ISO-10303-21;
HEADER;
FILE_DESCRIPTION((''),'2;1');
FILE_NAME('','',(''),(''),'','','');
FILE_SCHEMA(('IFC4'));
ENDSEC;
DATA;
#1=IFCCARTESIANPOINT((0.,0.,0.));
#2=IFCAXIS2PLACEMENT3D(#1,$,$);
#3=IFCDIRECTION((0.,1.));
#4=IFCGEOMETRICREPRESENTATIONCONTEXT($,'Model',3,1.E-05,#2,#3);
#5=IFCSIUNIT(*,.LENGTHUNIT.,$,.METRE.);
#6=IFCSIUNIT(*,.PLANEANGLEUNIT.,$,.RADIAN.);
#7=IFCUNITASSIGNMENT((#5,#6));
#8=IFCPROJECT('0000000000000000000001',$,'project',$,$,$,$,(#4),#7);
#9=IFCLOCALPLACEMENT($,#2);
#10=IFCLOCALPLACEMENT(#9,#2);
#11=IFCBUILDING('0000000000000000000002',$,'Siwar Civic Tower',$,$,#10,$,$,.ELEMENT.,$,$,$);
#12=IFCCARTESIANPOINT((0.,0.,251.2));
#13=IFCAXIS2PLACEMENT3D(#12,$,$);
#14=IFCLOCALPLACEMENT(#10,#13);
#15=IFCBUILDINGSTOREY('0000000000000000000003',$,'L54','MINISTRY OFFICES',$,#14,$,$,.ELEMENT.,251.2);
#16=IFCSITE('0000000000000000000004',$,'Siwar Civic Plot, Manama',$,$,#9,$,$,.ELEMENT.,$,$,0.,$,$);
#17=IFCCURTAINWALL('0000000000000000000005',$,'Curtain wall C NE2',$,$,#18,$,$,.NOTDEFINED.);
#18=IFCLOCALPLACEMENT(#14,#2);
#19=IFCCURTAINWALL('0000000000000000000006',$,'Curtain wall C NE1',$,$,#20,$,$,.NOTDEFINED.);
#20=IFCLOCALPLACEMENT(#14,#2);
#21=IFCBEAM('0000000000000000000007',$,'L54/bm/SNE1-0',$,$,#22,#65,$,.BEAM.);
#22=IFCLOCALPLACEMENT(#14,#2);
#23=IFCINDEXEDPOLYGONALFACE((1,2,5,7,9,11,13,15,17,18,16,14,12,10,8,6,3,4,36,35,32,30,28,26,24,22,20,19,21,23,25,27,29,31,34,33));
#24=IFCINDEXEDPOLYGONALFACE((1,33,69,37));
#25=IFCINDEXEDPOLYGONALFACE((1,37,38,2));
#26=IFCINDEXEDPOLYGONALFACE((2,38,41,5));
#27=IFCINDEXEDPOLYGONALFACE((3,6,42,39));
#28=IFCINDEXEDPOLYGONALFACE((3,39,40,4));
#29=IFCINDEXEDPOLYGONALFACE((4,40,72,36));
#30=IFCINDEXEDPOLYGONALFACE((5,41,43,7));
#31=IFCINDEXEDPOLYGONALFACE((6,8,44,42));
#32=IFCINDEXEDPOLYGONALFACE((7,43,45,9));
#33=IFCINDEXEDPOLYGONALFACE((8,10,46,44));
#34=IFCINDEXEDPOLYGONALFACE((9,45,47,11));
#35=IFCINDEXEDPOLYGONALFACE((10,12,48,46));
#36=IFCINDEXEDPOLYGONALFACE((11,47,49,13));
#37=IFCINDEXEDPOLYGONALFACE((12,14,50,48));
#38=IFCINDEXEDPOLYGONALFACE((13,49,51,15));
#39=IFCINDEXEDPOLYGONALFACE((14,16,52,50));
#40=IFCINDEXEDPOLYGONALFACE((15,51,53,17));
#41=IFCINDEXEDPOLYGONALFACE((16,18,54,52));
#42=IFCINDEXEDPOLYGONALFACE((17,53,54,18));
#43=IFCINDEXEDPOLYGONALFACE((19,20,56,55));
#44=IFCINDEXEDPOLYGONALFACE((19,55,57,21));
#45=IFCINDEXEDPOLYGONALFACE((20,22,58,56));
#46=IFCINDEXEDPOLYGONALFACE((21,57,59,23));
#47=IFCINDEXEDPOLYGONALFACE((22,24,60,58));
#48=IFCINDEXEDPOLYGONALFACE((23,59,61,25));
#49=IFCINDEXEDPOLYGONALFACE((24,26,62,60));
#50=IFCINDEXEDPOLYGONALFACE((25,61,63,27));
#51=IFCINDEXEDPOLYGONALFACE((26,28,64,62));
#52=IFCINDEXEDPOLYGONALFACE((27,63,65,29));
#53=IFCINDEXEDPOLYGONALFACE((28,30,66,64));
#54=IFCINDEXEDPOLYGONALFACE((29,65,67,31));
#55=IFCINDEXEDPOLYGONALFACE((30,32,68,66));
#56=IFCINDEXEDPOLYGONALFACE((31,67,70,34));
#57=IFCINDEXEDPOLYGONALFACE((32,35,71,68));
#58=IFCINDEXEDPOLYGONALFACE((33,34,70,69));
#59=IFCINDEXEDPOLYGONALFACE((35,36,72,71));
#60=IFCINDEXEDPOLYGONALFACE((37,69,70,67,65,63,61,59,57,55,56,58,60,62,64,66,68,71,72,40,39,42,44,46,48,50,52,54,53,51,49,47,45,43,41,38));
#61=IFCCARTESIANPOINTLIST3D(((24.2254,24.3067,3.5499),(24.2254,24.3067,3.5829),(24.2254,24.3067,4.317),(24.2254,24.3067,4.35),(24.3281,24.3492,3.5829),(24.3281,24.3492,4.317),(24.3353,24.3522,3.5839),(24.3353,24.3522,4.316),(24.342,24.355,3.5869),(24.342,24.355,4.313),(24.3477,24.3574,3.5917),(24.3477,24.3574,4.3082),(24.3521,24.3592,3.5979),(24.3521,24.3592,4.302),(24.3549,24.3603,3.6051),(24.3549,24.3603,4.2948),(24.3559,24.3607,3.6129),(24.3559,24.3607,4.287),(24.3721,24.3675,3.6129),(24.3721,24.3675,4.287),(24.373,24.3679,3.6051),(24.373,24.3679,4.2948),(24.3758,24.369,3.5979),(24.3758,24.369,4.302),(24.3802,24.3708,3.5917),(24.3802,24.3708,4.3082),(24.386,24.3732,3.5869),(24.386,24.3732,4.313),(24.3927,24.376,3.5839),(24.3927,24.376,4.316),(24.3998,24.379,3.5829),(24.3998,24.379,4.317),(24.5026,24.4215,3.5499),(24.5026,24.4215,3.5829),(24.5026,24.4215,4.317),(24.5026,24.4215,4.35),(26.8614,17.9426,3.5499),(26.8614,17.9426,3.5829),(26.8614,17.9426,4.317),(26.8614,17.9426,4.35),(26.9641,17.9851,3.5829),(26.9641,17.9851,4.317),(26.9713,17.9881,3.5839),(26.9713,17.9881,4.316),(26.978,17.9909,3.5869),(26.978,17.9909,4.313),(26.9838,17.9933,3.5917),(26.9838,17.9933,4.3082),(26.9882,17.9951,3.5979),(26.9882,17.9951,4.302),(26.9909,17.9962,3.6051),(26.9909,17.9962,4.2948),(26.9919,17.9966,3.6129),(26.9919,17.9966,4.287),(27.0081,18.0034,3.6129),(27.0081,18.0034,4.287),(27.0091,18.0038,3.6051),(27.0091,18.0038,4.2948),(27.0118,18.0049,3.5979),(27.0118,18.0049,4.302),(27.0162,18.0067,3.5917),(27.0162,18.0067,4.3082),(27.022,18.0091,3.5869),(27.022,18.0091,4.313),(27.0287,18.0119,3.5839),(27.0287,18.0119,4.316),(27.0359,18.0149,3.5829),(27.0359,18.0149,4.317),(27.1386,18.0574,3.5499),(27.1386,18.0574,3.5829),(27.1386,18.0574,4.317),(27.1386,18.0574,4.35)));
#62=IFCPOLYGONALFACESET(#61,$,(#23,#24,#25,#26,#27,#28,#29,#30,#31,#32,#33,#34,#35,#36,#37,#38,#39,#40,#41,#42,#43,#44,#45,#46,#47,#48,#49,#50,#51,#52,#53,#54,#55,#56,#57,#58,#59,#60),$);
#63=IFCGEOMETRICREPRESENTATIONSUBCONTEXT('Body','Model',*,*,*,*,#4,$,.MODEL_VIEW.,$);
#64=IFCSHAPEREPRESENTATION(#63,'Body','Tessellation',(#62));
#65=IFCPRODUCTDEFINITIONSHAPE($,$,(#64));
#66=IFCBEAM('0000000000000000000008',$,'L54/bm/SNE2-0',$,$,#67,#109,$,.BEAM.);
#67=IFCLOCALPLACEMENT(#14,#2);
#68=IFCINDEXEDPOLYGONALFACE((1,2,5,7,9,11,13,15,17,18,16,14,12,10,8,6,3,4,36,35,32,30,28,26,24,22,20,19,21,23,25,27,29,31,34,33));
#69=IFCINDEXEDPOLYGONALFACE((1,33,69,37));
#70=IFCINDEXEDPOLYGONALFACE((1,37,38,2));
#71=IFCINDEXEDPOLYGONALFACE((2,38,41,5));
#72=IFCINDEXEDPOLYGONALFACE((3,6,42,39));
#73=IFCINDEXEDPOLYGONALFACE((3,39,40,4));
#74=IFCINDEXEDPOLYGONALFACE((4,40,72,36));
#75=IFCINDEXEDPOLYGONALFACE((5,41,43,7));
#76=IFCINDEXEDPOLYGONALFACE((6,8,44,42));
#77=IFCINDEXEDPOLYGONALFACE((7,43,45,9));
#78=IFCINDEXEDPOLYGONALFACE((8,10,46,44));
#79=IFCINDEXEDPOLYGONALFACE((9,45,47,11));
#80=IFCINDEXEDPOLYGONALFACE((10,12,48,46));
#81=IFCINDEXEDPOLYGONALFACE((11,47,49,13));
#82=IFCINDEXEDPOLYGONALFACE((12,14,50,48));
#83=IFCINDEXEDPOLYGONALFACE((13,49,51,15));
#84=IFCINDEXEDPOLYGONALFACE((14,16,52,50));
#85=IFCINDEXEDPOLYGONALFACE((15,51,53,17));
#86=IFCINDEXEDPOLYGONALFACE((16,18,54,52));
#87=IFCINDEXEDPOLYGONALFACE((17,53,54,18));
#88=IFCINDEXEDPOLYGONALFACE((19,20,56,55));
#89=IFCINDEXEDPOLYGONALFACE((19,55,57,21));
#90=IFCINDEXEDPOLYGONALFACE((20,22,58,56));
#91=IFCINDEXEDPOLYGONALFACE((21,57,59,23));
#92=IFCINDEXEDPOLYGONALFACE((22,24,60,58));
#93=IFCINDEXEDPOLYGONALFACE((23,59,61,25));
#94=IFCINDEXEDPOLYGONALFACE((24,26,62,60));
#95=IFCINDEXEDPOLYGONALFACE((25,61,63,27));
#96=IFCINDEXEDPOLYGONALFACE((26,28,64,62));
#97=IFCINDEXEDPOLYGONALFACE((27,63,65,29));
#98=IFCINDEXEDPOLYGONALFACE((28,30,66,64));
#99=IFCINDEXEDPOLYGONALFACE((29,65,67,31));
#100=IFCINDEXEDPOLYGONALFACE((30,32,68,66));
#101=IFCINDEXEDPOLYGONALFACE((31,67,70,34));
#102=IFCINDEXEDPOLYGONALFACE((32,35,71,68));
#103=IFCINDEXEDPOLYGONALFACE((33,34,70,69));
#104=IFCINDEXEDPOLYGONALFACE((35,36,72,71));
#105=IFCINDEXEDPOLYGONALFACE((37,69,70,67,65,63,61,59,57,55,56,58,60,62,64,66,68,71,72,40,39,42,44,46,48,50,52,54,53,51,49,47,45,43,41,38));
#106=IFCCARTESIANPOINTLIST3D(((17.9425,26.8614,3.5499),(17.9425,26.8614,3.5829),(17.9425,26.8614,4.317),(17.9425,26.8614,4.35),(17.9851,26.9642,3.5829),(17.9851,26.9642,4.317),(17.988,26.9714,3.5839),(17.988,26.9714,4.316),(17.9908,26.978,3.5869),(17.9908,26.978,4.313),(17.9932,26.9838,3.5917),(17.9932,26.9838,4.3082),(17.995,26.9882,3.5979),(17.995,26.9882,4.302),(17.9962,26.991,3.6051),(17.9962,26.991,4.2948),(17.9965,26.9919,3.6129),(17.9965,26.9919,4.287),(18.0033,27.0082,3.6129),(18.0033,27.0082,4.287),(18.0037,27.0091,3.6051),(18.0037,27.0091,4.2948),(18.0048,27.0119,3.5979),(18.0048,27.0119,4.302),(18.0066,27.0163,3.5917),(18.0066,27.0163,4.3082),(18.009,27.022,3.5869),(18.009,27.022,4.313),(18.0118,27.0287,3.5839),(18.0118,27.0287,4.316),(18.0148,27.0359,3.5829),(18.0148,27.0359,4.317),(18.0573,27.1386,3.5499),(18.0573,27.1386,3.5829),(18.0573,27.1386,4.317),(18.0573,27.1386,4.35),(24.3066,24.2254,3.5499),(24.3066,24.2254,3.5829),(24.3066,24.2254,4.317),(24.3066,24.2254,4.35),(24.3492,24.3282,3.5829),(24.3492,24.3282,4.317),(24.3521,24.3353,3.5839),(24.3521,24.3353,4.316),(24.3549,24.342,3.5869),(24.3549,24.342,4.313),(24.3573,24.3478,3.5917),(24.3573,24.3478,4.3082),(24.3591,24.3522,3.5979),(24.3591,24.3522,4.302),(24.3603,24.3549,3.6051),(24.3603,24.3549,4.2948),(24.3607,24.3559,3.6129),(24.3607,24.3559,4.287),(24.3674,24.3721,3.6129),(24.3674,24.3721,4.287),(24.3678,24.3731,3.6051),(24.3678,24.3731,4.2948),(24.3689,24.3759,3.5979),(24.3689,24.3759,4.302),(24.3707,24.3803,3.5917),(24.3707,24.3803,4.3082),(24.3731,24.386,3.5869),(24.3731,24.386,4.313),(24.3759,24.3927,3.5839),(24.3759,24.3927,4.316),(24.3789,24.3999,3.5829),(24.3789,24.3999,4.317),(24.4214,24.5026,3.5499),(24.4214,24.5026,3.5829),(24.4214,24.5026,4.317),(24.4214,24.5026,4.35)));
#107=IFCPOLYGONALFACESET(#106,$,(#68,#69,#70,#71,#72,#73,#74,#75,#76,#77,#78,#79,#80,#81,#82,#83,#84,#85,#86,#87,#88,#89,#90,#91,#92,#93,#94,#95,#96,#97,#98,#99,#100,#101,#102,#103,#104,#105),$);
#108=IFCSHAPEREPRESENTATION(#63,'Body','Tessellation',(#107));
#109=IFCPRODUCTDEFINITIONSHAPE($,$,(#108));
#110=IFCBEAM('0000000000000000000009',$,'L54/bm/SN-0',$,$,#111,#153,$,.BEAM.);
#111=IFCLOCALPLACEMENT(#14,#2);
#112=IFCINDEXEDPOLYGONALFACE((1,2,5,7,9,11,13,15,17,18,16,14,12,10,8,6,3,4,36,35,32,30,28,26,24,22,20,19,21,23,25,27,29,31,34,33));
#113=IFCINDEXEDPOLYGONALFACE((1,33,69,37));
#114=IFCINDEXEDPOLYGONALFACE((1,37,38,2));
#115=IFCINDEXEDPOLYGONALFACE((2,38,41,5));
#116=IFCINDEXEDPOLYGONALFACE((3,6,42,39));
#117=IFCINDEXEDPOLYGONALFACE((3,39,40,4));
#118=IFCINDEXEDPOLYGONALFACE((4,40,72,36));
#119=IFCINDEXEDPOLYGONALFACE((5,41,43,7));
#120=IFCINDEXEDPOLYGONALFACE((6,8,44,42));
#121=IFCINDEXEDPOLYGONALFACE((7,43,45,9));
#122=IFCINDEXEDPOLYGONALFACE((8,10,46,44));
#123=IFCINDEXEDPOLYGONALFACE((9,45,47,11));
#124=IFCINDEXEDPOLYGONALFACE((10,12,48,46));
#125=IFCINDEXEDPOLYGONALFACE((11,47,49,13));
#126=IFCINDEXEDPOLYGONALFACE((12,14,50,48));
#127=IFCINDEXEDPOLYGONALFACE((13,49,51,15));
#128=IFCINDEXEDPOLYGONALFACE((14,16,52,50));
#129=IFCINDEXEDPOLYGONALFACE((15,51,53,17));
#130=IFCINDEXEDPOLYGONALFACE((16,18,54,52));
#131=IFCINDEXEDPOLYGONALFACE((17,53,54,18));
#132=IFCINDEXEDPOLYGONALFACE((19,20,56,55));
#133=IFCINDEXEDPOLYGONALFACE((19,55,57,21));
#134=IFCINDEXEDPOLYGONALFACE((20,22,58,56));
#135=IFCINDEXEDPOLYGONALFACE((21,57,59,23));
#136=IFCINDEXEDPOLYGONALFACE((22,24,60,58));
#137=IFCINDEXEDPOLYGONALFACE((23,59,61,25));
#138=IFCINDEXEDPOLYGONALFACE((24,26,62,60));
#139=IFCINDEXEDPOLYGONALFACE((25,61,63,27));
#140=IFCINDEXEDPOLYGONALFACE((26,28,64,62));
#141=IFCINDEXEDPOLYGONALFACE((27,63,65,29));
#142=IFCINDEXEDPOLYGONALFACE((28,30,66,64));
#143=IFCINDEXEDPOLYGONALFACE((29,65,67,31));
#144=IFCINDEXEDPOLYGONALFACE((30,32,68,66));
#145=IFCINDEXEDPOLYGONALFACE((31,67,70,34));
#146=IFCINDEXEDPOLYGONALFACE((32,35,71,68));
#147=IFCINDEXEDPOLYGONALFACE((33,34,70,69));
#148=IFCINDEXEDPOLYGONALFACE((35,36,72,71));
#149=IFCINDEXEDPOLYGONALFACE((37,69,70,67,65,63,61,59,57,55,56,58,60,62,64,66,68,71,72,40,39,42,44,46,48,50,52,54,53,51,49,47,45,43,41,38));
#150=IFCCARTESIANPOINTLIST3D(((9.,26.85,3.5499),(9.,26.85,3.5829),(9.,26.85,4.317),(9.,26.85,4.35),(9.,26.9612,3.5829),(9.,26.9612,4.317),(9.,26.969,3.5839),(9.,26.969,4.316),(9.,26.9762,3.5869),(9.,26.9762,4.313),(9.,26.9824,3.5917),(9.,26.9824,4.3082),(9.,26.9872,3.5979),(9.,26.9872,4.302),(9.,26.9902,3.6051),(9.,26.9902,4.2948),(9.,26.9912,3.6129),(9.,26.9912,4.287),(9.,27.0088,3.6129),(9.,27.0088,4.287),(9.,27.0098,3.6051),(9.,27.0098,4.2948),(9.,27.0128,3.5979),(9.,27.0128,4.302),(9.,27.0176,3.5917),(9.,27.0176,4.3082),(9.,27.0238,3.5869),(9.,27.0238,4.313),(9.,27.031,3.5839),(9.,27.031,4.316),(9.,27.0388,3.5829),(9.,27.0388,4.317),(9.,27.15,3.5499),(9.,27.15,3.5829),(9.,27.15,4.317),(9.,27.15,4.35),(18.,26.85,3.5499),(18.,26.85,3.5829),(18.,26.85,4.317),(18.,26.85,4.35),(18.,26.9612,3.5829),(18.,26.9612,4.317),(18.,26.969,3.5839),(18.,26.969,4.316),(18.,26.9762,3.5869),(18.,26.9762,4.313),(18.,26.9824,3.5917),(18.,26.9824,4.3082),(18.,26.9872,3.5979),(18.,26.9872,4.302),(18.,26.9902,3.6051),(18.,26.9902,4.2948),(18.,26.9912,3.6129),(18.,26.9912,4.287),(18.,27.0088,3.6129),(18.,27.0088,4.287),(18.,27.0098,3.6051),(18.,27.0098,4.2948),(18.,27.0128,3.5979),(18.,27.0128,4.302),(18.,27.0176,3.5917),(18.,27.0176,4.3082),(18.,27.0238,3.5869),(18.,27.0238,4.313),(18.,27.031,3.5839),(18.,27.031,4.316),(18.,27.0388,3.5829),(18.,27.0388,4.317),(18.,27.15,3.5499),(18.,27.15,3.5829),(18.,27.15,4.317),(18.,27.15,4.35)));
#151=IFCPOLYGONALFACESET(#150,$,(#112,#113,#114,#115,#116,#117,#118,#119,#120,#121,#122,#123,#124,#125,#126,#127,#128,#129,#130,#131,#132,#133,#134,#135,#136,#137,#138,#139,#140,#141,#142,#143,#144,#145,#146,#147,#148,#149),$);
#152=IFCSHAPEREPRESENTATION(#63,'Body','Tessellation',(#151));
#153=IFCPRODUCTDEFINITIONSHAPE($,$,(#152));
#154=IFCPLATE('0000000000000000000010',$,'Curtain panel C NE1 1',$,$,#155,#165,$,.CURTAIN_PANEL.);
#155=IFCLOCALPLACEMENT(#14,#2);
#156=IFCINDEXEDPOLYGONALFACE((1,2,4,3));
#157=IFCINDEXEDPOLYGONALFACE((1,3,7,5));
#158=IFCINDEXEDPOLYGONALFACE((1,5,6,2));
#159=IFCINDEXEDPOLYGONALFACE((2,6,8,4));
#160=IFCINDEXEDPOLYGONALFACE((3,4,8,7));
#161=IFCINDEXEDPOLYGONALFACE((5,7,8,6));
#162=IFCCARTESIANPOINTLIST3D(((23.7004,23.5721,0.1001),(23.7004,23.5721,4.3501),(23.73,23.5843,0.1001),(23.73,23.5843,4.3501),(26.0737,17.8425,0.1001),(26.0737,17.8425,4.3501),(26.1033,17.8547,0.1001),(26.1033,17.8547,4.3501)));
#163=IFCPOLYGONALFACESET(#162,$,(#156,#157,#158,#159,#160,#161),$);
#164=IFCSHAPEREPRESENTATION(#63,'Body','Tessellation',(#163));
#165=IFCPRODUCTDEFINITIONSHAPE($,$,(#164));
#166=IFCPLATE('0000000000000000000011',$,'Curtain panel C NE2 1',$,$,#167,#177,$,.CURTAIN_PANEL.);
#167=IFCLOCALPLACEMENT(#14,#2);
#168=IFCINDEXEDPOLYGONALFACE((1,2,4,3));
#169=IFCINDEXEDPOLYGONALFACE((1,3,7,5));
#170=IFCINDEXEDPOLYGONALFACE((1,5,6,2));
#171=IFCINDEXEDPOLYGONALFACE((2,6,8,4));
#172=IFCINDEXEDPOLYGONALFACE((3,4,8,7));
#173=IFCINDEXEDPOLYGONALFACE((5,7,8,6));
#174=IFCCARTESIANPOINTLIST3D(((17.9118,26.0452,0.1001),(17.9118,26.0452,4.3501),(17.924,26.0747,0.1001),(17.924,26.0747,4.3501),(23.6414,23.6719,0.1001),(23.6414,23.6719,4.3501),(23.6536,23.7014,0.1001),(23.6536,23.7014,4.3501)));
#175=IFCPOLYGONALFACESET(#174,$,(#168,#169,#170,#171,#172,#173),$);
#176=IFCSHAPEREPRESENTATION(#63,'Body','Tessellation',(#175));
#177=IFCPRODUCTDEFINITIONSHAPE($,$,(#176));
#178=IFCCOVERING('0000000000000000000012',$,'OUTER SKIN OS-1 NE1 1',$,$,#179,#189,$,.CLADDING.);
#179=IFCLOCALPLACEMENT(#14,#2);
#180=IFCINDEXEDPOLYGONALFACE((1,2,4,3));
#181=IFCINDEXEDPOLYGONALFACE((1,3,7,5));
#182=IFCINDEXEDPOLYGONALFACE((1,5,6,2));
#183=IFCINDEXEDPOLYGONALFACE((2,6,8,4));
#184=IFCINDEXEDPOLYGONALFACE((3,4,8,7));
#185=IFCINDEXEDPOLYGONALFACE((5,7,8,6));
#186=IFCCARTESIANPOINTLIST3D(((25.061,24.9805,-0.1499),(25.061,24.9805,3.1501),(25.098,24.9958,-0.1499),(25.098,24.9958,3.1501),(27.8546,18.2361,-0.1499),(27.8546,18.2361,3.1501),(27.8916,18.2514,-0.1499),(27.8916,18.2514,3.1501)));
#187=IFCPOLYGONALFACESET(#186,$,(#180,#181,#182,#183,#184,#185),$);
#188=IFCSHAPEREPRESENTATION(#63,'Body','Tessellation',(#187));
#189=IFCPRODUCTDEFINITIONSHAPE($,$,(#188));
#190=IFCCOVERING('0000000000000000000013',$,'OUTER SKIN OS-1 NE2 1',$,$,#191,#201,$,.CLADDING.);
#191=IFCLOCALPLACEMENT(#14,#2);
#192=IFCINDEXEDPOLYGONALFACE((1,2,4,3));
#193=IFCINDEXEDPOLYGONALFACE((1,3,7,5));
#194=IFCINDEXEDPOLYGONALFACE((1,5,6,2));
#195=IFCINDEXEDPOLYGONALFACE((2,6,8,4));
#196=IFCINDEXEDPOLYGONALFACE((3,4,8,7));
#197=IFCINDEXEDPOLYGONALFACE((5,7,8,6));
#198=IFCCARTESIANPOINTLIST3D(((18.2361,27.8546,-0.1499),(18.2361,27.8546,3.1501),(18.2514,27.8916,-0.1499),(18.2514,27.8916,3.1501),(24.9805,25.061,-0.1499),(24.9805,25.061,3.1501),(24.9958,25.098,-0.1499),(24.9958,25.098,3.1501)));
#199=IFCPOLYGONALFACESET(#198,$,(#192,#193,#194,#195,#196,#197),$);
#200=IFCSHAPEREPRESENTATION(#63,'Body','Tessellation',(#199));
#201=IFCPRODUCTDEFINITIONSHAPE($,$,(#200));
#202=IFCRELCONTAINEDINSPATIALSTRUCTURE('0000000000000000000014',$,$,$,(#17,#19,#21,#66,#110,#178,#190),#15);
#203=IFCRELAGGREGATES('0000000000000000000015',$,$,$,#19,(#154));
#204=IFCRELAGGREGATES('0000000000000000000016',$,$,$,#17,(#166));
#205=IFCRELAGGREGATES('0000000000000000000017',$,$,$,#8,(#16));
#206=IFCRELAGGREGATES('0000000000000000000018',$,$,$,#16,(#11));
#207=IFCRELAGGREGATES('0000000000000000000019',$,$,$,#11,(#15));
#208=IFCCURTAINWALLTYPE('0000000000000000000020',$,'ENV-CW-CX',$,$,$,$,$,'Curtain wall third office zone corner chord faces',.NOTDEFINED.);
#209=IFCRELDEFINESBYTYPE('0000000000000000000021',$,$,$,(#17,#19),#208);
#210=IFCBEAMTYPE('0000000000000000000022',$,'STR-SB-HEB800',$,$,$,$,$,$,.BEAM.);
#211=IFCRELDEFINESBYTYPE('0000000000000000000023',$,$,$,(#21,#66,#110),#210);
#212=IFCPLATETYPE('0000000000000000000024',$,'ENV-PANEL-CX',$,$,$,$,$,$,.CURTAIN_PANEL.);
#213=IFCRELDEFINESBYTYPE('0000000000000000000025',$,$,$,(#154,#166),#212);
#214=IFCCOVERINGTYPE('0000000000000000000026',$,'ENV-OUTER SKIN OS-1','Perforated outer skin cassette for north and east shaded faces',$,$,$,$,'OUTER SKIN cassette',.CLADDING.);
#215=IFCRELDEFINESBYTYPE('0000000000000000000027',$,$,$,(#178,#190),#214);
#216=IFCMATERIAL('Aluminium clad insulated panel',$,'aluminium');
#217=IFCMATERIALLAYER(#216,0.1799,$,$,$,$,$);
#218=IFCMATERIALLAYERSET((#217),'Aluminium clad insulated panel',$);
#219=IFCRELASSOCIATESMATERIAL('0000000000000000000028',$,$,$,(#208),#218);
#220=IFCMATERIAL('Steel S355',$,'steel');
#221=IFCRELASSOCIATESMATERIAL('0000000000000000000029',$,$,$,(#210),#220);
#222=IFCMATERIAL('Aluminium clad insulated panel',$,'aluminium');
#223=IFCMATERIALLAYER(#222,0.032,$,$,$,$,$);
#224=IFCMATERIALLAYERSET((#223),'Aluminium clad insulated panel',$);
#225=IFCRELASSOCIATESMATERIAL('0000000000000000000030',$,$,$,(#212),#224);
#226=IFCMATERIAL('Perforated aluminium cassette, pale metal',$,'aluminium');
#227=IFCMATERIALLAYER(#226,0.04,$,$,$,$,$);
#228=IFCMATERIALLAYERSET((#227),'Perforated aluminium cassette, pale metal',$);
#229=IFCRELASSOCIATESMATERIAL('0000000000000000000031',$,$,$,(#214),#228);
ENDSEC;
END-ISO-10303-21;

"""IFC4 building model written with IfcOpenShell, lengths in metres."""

from ifc_helpers import new_model, si_unit, direction, frame, origin, origin_2d, place, context, subcontext, project, spatial, rectangle, i_section, extrude, material, layer, layer_set, material_profile, profile_set, type_object, element, aggregate, save


model = new_model("IFC4")

# Units and contexts
model_context = context("Model", 3, precision=1e-05, world=origin(), true_north=direction((0.0, 1.0)))
body_context = subcontext(model_context, "Body", "Model", "MODEL_VIEW")
ifc_project = project(units=[si_unit("LENGTHUNIT", "METRE"), si_unit("PLANEANGLEUNIT", "RADIAN")], contexts=[model_context])

# Site, building, storey
site_placement = place(None, origin())
site = spatial("IfcSite", under=ifc_project, at=site_placement, Name="Siwar Civic Plot, Manama", CompositionType="ELEMENT", RefElevation=0.0)
building_placement = place(site_placement, origin())
building = spatial("IfcBuilding", under=site, at=building_placement, Name="Siwar Civic Tower", CompositionType="ELEMENT")
storey_placement = place(building_placement, frame((0.0, 0.0, 251.2)))
storey = spatial("IfcBuildingStorey", under=building, at=storey_placement, Name="L54", Description="MINISTRY OFFICES", CompositionType="ELEMENT", Elevation=251.2)

# Curtain walls
ifc_material_1 = material(Name="Aluminium clad insulated panel", Category="aluminium")
ifc_layer_1 = layer(ifc_material_1, 0.1799)
ifc_layer_set_1 = layer_set([ifc_layer_1], Name="Aluminium clad insulated panel")
curtain_wall_type_1 = type_object("IfcCurtainWallType", Name="ENV-CW-CX", ElementType="Curtain wall third office zone corner chord faces", PredefinedType="NOTDEFINED", material=ifc_layer_set_1)
curtain_wall_1_placement = place(storey_placement, origin())
curtain_wall_1 = element("IfcCurtainWall", 1, at=curtain_wall_1_placement, inside=storey, type_object=curtain_wall_type_1, Name="Curtain wall C NE2", PredefinedType="NOTDEFINED")
curtain_wall_2_placement = place(storey_placement, origin())
curtain_wall_2 = element("IfcCurtainWall", 2, at=curtain_wall_2_placement, inside=storey, type_object=curtain_wall_type_1, Name="Curtain wall C NE1", PredefinedType="NOTDEFINED")

# Beams
ifc_material_2 = material(Name="Steel S355", Category="steel")
ifc_material_profile_1 = material_profile(ifc_material_2, i_section(OverallWidth=0.3, OverallDepth=0.8, WebThickness=0.0176, FlangeThickness=0.033, FilletRadius=0.03, at=origin_2d()), Name="HEB800")
ifc_profile_set_1 = profile_set([ifc_material_profile_1], Name="Steel S355")
beam_type_1 = type_object("IfcBeamType", Name="STR-SB-HEB800", PredefinedType="BEAM", material=ifc_profile_set_1)
for number, where, z_axis, x_axis, name in (
    (3, (27.0, 18.0, 3.95), (-0.382674, 0.923883, 0.0), (-0.923883, -0.382674, 0.0), "L54/bm/SNE1-0"),
    (4, (24.364, 24.364, 3.95), (-0.923883, 0.382674, 0.0), (-0.382674, -0.923883, 0.0), "L54/bm/SNE2-0"),
):
    element("IfcBeam", number, at=place(storey_placement, frame(where, z_axis=z_axis, x_axis=x_axis)), inside=storey, type_object=beam_type_1, Name=name, PredefinedType="BEAM", context=body_context, shape_type="SweptSolid", body=[
        extrude(i_section(OverallWidth=0.3, OverallDepth=0.8, WebThickness=0.0176, FlangeThickness=0.033, FilletRadius=0.03, at=origin_2d()), origin(), (0.0, 0.0, 1.0), 6.8884),
    ])
beam_1_placement = place(storey_placement, frame((18.0, 27.0, 3.95), z_axis=(-1.0, 0.0, 0.0), x_axis=(0.0, -1.0, 0.0)))
element("IfcBeam", 5, at=beam_1_placement, inside=storey, type_object=beam_type_1, Name="L54/bm/SN-0", PredefinedType="BEAM", context=body_context, shape_type="SweptSolid", body=[
    extrude(i_section(OverallWidth=0.3, OverallDepth=0.8, WebThickness=0.0176, FlangeThickness=0.033, FilletRadius=0.03, at=origin_2d()), origin(), (0.0, 0.0, 1.0), 9.0),
])

# Plates
ifc_material_3 = material(Name="Aluminium clad insulated panel", Category="aluminium")
ifc_layer_2 = layer(ifc_material_3, 0.032)
ifc_layer_set_2 = layer_set([ifc_layer_2], Name="Aluminium clad insulated panel")
plate_type = type_object("IfcPlateType", Name="ENV-PANEL-CX", PredefinedType="CURTAIN_PANEL", material=ifc_layer_set_2)
plate_1_placement = place(storey_placement, frame((24.9019, 20.7134, 0.1001), z_axis=(0.0, 0.0, 1.0), x_axis=(-0.382683, 0.92388, 0.0)))
plate_1 = element("IfcPlate", 6, at=plate_1_placement, type_object=plate_type, Name="Curtain panel C NE1 1", PredefinedType="CURTAIN_PANEL", context=body_context, shape_type="SweptSolid", body=[
    extrude(rectangle(XDim=6.2017, YDim=0.032, at=origin_2d()), origin(), (0.0, 0.0, 1.0), 4.25),
])
aggregate(curtain_wall_2, [plate_1])
plate_2_placement = place(storey_placement, frame((20.7827, 24.8733, 0.1001), z_axis=(0.0, 0.0, 1.0), x_axis=(-0.92388, 0.382683, 0.0)))
plate_2 = element("IfcPlate", 7, at=plate_2_placement, type_object=plate_type, Name="Curtain panel C NE2 1", PredefinedType="CURTAIN_PANEL", context=body_context, shape_type="SweptSolid", body=[
    extrude(rectangle(XDim=6.2017, YDim=0.032, at=origin_2d()), origin(), (0.0, 0.0, 1.0), 4.25),
])
aggregate(curtain_wall_1, [plate_2])

# Coverings
ifc_material_4 = material(Name="Perforated aluminium cassette, pale metal", Category="aluminium")
ifc_layer_3 = layer(ifc_material_4, 0.04)
ifc_layer_set_3 = layer_set([ifc_layer_3], Name="Perforated aluminium cassette, pale metal")
covering_type = type_object("IfcCoveringType", Name="ENV-OUTER SKIN OS-1", Description="Perforated outer skin cassette for north and east shaded faces", ElementType="OUTER SKIN cassette", PredefinedType="CLADDING", material=ifc_layer_set_3)
for number, where, z_axis, x_axis, name in (
    (8, (26.4763, 21.616, -0.1499), (0.0, 0.0, 1.0), (-0.382683, 0.92388, 0.0), "OUTER SKIN OS-1 NE1 1"),
    (9, (21.616, 26.4763, -0.1499), (0.0, 0.0, 1.0), (-0.92388, 0.382683, 0.0), "OUTER SKIN OS-1 NE2 1"),
):
    element("IfcCovering", number, at=place(storey_placement, frame(where, z_axis=z_axis, x_axis=x_axis)), inside=storey, type_object=covering_type, Name=name, PredefinedType="CLADDING", context=body_context, shape_type="SweptSolid", body=[
        extrude(rectangle(XDim=7.3, YDim=0.04, at=origin_2d()), origin(), (0.0, 0.0, 1.0), 3.3),
    ])

save(model, "model.ifc")
